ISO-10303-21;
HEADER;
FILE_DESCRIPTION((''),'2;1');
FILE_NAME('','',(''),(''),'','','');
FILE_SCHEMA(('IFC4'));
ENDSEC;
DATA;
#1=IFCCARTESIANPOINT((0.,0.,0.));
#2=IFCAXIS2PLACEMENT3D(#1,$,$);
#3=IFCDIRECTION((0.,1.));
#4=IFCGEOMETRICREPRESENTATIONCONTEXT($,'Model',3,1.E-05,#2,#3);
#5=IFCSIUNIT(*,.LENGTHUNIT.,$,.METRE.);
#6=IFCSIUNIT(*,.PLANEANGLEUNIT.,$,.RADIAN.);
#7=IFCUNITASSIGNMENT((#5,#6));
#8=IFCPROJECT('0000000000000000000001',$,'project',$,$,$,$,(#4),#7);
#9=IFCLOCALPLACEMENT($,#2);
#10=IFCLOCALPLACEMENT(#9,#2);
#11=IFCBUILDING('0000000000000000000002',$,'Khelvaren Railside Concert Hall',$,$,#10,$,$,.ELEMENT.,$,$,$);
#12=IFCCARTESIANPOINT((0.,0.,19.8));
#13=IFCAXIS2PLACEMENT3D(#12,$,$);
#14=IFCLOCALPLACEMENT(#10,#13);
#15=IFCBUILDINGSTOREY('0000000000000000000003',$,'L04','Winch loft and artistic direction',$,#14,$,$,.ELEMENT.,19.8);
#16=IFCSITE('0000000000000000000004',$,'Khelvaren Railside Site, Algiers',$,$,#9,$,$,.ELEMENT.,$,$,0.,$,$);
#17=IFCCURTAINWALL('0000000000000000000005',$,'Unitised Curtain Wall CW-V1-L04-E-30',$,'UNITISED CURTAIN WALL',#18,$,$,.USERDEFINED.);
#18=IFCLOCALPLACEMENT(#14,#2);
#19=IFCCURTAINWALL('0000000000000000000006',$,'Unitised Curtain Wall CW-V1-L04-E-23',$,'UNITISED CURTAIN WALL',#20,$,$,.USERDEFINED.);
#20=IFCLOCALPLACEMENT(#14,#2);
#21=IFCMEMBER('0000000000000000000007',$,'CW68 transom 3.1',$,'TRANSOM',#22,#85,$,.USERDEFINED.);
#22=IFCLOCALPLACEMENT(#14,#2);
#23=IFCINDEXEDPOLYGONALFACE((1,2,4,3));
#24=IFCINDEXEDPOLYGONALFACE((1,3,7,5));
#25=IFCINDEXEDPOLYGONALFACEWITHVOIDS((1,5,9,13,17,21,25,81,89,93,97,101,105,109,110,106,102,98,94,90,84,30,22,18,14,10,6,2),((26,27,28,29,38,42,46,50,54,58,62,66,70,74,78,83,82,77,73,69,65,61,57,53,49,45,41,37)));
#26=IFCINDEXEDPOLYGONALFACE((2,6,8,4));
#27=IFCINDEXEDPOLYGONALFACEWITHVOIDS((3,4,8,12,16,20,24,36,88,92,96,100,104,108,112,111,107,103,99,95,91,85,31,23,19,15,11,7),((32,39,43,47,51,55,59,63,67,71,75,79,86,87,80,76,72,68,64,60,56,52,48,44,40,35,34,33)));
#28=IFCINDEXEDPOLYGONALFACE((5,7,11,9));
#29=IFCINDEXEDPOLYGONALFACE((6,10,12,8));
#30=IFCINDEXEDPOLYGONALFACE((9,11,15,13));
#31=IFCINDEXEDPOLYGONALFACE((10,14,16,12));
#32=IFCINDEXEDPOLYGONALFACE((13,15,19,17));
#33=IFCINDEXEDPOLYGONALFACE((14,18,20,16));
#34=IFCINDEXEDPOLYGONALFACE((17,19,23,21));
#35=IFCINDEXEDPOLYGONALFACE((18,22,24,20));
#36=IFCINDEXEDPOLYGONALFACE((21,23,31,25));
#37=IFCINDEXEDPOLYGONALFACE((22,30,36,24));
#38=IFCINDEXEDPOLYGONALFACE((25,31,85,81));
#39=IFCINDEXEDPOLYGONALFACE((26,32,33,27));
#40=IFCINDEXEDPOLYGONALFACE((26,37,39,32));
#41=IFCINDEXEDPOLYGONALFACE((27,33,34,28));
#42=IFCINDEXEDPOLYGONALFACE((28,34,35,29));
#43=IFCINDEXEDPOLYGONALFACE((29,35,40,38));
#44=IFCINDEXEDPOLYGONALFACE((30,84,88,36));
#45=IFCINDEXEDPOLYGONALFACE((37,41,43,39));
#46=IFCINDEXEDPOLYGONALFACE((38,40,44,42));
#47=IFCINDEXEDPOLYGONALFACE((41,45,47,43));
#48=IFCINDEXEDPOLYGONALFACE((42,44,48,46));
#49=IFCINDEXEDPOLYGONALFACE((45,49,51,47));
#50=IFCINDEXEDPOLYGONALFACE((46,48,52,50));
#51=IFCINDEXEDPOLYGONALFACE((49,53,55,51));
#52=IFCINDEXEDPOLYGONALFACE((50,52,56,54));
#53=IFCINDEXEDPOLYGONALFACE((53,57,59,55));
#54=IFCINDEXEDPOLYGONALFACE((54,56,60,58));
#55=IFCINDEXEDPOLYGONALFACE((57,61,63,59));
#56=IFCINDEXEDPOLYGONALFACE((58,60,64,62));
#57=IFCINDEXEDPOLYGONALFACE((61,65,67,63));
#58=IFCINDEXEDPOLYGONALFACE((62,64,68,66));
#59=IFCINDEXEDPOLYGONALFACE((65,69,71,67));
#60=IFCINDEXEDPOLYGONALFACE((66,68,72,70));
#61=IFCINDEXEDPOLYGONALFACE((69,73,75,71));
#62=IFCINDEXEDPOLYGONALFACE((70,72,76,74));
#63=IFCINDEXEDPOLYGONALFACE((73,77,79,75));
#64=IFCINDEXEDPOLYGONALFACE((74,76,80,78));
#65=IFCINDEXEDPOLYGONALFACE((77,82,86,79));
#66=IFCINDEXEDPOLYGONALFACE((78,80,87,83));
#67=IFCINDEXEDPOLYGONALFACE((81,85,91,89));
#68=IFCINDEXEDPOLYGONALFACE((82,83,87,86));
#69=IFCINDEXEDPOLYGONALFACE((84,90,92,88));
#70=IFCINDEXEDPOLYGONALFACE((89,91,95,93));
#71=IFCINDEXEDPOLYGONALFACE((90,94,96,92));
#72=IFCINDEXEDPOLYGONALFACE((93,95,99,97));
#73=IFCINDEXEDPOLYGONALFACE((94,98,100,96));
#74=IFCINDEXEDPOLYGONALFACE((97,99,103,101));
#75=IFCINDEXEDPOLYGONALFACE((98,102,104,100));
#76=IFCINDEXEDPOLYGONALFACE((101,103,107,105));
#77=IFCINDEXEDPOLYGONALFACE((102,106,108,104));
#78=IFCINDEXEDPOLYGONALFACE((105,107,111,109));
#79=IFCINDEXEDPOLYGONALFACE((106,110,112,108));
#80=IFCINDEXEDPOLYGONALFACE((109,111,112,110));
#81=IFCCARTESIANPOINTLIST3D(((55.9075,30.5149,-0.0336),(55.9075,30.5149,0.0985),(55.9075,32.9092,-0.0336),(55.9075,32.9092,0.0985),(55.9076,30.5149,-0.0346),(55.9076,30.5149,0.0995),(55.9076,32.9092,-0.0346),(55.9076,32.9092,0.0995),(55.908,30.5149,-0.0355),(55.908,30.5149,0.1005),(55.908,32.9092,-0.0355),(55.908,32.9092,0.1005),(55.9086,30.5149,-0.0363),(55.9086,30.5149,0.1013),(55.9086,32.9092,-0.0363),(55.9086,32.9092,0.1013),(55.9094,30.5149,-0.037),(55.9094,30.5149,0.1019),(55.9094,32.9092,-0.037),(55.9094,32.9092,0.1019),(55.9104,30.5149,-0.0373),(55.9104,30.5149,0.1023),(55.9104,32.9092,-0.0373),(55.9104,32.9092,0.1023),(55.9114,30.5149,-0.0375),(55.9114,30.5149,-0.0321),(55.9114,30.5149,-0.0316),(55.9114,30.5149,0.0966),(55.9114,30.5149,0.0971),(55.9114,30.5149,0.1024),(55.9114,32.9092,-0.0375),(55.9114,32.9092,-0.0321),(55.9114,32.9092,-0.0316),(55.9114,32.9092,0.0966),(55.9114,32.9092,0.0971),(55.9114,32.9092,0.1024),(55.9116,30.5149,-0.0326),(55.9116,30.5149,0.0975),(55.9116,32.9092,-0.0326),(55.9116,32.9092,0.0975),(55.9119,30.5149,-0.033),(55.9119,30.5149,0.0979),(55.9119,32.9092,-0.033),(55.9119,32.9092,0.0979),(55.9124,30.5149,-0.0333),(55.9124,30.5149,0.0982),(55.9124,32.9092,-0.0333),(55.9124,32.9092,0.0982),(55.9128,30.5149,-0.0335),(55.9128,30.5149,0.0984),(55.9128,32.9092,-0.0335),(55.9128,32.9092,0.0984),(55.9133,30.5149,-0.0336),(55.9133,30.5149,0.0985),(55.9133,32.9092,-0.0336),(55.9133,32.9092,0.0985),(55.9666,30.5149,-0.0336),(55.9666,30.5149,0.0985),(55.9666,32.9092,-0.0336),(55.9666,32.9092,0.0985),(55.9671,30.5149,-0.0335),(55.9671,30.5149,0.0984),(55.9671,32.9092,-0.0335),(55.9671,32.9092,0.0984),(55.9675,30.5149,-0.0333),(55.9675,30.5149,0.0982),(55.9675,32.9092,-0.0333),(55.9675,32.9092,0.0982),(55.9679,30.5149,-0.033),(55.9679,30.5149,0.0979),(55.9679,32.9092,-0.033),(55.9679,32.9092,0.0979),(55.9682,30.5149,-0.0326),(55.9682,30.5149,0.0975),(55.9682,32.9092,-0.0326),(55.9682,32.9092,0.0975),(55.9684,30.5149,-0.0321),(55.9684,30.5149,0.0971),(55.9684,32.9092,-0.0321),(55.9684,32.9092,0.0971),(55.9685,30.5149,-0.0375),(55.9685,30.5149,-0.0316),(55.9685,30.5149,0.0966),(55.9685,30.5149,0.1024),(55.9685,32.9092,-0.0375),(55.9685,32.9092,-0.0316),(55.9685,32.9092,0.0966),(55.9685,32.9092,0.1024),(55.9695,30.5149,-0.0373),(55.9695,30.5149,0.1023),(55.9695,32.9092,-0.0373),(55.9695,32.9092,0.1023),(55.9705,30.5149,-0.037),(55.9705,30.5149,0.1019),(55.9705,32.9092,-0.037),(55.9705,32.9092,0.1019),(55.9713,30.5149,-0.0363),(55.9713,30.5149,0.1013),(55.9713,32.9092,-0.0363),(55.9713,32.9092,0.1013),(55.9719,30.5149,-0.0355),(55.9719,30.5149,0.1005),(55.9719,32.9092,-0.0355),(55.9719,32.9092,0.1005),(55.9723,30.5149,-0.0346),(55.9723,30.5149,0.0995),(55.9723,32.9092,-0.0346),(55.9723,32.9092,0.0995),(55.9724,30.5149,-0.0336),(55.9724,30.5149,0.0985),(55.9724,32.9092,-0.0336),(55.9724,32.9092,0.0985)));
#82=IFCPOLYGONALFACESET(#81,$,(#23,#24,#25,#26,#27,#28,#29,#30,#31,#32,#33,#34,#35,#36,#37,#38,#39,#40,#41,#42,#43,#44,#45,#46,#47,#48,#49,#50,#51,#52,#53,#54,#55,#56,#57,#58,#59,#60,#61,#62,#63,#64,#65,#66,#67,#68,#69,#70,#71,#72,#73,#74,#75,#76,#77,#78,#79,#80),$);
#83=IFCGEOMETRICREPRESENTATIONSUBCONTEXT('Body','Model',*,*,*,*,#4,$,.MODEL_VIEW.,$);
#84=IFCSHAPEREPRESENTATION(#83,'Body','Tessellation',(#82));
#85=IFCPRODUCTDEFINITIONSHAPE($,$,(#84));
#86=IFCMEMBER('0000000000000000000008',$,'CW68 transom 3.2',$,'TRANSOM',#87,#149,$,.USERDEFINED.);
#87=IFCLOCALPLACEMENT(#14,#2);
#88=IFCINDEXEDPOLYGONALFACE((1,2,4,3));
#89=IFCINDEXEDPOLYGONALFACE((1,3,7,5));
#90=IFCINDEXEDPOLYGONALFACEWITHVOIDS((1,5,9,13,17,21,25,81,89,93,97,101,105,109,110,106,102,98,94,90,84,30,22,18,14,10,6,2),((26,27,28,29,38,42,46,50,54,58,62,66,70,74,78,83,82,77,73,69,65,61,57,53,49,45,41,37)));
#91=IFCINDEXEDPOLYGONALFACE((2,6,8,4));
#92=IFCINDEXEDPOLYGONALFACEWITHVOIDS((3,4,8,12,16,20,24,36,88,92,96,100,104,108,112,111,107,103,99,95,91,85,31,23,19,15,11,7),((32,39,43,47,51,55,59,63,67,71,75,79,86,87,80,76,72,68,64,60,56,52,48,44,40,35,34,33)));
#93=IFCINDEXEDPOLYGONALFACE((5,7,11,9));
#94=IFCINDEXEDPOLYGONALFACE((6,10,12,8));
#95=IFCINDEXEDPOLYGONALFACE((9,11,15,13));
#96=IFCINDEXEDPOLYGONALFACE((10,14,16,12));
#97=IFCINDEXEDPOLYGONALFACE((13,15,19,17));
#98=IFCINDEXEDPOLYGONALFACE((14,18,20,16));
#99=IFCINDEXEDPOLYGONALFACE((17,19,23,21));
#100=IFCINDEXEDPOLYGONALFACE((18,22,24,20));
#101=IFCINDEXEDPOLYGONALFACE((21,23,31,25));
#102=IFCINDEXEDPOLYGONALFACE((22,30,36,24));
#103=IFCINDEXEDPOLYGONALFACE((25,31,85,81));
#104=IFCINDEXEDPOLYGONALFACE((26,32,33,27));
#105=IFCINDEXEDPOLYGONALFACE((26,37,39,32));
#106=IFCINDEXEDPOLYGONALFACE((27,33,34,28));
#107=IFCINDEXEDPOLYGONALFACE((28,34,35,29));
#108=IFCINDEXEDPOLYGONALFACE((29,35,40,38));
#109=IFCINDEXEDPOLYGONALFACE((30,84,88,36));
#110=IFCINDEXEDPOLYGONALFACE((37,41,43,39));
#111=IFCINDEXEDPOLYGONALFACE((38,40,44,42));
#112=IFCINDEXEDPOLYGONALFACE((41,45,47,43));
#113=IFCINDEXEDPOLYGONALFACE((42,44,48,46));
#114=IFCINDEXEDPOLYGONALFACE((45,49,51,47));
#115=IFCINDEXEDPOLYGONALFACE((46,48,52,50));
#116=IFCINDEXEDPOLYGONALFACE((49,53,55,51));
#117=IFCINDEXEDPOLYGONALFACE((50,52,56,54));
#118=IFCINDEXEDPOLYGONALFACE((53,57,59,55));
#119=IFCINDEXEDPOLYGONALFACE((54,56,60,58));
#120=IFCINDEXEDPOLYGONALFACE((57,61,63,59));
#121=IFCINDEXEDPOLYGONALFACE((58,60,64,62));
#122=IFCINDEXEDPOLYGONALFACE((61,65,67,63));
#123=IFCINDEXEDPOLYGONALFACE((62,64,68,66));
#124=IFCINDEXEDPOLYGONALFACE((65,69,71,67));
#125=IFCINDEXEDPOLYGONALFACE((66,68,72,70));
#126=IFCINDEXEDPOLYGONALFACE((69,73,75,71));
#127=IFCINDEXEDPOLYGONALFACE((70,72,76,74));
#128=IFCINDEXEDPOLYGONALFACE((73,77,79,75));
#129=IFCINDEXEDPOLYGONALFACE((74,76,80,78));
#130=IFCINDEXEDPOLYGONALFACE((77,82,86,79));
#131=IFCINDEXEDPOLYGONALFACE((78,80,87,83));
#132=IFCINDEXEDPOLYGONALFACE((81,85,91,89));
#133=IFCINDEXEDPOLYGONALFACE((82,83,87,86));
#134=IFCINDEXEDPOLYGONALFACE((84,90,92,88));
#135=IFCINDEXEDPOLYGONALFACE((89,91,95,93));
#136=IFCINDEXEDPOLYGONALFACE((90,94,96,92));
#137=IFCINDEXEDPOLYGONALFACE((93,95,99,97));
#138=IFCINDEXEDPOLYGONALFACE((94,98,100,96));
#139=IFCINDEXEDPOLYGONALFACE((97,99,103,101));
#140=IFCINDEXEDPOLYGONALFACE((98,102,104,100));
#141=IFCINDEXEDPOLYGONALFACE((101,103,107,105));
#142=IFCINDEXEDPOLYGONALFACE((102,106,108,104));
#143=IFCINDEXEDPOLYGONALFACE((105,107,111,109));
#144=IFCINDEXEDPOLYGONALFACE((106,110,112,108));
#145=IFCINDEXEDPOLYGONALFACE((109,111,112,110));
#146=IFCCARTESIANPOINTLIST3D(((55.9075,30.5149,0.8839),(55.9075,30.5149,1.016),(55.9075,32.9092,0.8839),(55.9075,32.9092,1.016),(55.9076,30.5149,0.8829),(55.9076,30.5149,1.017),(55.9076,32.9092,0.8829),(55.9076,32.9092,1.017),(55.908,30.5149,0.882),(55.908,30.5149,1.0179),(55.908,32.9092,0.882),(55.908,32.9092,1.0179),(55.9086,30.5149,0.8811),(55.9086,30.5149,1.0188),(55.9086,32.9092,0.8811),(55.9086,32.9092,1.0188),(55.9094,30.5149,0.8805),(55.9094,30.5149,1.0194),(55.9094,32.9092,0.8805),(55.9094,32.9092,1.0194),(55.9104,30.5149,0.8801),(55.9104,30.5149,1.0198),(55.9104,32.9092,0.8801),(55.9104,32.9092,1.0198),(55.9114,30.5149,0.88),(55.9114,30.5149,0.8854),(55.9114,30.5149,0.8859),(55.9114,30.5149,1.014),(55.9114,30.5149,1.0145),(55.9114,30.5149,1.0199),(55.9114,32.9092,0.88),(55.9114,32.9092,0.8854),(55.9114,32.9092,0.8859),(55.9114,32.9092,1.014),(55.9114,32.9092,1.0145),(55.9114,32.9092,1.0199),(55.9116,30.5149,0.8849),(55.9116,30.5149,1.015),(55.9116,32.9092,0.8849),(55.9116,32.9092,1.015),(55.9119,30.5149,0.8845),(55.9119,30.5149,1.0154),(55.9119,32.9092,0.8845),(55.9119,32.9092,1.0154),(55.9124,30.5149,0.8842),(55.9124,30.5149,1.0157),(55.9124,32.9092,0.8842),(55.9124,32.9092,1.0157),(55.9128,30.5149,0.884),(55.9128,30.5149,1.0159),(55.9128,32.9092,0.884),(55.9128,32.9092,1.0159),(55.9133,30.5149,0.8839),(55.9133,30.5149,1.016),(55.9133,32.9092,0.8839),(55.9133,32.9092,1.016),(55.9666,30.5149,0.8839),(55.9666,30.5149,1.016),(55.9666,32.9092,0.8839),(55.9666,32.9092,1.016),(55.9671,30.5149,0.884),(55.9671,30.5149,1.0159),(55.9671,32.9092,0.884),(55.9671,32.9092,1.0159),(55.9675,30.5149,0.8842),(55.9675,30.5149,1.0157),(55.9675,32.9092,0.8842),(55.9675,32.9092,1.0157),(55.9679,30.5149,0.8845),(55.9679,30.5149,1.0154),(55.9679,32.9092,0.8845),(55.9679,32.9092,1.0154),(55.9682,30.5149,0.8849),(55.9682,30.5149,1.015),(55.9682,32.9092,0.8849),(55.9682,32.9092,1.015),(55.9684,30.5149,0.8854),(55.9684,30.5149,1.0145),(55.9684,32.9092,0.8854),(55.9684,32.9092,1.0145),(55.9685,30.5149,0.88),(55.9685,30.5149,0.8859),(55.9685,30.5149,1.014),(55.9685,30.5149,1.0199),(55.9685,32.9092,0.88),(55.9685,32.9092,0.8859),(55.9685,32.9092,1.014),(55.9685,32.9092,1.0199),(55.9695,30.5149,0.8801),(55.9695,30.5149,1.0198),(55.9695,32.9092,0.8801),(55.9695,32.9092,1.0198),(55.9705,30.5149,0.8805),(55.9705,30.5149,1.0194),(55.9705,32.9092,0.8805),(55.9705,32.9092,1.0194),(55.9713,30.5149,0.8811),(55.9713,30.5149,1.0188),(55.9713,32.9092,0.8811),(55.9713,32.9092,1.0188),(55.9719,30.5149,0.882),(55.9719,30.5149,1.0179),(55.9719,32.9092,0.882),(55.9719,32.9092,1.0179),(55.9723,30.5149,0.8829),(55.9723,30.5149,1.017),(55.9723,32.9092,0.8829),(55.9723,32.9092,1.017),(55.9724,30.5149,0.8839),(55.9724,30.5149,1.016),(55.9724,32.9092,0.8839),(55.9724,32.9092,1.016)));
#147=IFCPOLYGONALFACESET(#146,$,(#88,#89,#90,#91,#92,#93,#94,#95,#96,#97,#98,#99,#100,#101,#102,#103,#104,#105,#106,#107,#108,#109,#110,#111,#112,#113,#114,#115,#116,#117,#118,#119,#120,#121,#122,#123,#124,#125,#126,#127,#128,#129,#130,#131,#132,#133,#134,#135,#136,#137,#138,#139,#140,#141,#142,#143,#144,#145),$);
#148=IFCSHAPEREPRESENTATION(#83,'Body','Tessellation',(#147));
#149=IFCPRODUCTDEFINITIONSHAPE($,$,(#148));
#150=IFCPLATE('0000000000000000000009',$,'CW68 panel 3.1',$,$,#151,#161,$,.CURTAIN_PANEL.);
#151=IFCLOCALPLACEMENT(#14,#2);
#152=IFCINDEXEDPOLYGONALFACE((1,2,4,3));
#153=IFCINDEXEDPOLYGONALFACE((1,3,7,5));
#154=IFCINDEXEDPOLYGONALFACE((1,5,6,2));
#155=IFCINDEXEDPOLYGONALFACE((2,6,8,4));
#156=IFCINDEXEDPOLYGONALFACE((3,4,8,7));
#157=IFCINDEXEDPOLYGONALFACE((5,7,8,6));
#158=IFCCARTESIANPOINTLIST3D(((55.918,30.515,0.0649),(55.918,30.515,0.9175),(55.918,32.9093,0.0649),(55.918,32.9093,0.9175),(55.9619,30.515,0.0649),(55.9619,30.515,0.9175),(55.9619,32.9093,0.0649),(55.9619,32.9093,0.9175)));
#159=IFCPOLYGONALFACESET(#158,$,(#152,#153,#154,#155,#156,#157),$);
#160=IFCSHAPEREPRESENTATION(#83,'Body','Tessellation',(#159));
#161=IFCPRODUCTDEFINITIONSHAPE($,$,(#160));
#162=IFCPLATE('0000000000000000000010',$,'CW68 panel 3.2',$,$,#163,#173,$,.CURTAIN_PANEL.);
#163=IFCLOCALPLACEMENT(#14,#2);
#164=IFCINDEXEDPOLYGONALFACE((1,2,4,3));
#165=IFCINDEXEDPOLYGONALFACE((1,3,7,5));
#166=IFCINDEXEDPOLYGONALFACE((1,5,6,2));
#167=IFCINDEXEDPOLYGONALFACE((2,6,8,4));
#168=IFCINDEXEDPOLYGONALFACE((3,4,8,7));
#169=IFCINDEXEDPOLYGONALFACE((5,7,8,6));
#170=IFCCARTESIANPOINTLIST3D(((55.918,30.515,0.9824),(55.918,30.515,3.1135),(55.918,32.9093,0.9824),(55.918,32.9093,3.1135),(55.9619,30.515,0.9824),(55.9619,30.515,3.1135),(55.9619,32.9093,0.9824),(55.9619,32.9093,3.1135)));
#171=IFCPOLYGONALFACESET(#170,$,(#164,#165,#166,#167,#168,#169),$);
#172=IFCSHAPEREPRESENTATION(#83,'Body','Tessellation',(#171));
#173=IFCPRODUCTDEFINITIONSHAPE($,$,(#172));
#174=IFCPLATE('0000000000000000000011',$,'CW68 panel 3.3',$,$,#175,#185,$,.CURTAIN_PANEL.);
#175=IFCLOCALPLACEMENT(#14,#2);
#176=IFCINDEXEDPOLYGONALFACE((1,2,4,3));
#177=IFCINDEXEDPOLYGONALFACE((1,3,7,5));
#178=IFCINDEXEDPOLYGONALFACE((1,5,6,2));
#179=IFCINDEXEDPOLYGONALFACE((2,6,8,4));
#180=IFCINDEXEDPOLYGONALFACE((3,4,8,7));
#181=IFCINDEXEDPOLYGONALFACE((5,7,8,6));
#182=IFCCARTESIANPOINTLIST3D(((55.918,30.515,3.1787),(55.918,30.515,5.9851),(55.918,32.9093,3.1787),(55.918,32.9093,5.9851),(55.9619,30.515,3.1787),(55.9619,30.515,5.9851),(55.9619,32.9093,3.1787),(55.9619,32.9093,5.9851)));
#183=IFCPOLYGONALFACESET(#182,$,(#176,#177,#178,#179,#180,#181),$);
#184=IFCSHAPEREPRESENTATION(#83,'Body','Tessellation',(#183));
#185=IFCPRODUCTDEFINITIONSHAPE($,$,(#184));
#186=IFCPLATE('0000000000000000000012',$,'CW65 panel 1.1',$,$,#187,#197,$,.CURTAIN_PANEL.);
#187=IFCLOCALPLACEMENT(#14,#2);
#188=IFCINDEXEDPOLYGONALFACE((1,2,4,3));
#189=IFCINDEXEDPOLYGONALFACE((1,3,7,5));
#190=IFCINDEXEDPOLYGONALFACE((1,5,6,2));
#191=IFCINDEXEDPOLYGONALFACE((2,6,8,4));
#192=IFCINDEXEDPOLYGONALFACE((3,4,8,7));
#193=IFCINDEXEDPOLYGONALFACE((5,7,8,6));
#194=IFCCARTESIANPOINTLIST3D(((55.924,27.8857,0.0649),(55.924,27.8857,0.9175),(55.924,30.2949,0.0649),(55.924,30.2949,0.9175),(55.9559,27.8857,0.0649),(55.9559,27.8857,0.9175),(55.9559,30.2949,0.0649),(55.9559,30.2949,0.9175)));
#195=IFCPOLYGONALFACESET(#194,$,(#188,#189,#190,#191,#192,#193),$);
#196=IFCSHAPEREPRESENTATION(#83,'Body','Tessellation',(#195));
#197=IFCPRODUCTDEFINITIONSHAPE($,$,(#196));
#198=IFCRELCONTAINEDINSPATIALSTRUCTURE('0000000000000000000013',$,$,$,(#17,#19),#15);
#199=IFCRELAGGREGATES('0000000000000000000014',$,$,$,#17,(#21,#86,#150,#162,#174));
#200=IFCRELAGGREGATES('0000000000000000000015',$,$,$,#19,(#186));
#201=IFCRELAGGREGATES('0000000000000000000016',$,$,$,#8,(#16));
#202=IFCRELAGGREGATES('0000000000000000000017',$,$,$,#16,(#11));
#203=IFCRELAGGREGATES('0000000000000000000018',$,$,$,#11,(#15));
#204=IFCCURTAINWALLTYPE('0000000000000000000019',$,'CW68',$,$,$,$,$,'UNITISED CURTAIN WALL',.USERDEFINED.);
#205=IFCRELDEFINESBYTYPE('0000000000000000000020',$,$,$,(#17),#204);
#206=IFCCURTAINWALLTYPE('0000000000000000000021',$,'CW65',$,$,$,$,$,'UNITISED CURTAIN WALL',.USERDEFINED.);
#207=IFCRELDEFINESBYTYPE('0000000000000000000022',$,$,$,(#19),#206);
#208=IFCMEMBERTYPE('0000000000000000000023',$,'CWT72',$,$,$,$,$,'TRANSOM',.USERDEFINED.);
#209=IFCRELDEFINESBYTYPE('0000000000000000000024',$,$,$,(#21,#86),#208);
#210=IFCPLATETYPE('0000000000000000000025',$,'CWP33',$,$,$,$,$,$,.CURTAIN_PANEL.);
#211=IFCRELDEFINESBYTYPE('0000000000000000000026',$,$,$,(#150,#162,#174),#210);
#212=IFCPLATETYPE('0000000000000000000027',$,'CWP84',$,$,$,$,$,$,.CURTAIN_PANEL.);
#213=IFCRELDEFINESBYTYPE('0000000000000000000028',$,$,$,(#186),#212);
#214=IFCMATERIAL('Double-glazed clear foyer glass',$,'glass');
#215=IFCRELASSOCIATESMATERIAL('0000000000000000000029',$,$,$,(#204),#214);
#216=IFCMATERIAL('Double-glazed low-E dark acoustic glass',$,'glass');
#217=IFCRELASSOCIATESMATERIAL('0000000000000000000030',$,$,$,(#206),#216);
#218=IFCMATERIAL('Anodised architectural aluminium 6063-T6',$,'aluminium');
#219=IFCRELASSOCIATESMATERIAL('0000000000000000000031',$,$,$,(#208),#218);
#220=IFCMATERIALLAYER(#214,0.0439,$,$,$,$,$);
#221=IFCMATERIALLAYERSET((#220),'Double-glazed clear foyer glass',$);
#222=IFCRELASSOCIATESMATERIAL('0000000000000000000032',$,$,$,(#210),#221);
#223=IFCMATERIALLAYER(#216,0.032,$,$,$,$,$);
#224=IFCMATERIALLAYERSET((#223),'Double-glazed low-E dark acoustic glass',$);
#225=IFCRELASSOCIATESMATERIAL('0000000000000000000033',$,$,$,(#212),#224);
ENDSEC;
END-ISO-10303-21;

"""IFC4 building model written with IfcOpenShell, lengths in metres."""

from ifc_helpers import new_model, si_unit, direction, frame, origin, origin_2d, place, context, subcontext, project, spatial, rectangle, hollow_rectangle, extrude, material, layer, layer_set, material_profile, profile_set, type_object, element, aggregate, save


model = new_model("IFC4")

# Units and contexts
model_context = context("Model", 3, precision=1e-05, world=origin(), true_north=direction((0.0, 1.0)))
body_context = subcontext(model_context, "Body", "Model", "MODEL_VIEW")
ifc_project = project(units=[si_unit("LENGTHUNIT", "METRE"), si_unit("PLANEANGLEUNIT", "RADIAN")], contexts=[model_context])

# Site, building, storey
site_placement = place(None, origin())
site = spatial("IfcSite", under=ifc_project, at=site_placement, Name="Khelvaren Railside Site, Algiers", CompositionType="ELEMENT", RefElevation=0.0)
building_placement = place(site_placement, origin())
building = spatial("IfcBuilding", under=site, at=building_placement, Name="Khelvaren Railside Concert Hall", CompositionType="ELEMENT")
storey_placement = place(building_placement, frame((0.0, 0.0, 19.8)))
storey = spatial("IfcBuildingStorey", under=building, at=storey_placement, Name="L04", Description="Winch loft and artistic direction", CompositionType="ELEMENT", Elevation=19.8)

# Curtain wall
ifc_material_1 = material(Name="Double-glazed clear foyer glass", Category="glass")
curtain_wall_type_1 = type_object("IfcCurtainWallType", Name="CW68", ElementType="UNITISED CURTAIN WALL", PredefinedType="USERDEFINED", material=ifc_material_1)
curtain_wall_1_placement = place(storey_placement, origin())
curtain_wall_1 = element("IfcCurtainWall", 1, at=curtain_wall_1_placement, inside=storey, type_object=curtain_wall_type_1, Name="Unitised Curtain Wall CW-V1-L04-E-30", ObjectType="UNITISED CURTAIN WALL", PredefinedType="USERDEFINED")
ifc_material_2 = material(Name="Anodised architectural aluminium 6063-T6", Category="aluminium")
ifc_material_3 = material(Name="Double-glazed low-E dark acoustic glass", Category="glass")

# Curtain wall
curtain_wall_type_2 = type_object("IfcCurtainWallType", Name="CW65", ElementType="UNITISED CURTAIN WALL", PredefinedType="USERDEFINED", material=ifc_material_3)
curtain_wall_2_placement = place(storey_placement, origin())
curtain_wall_2 = element("IfcCurtainWall", 2, at=curtain_wall_2_placement, inside=storey, type_object=curtain_wall_type_2, Name="Unitised Curtain Wall CW-V1-L04-E-23", ObjectType="UNITISED CURTAIN WALL", PredefinedType="USERDEFINED")

# Members
ifc_material_profile_1 = material_profile(ifc_material_2, hollow_rectangle(XDim=0.0649, YDim=0.1399, WallThickness=0.0039, InnerFilletRadius=0.002, OuterFilletRadius=0.0039, at=origin_2d()), Name="CWT 65x140x4")
ifc_profile_set_1 = profile_set([ifc_material_profile_1], Name="Anodised architectural aluminium 6063-T6")
member_type_1 = type_object("IfcMemberType", Name="CWT72", ElementType="TRANSOM", PredefinedType="USERDEFINED", material=ifc_profile_set_1)
member_1_placement = place(storey_placement, frame((55.9399, 32.9092, 0.0325), z_axis=(0.0, -1.0, 0.0), x_axis=(1.0, 0.0, 0.0)))
member_1 = element("IfcMember", 3, at=member_1_placement, type_object=member_type_1, Name="CW68 transom 3.1", ObjectType="TRANSOM", PredefinedType="USERDEFINED", context=body_context, shape_type="SweptSolid", body=[
    extrude(hollow_rectangle(XDim=0.0649, YDim=0.1399, WallThickness=0.0039, InnerFilletRadius=0.002, OuterFilletRadius=0.0039, at=origin_2d()), origin(), (0.0, 0.0, 1.0), 2.3943),
])
member_2_placement = place(storey_placement, frame((55.9399, 32.9092, 0.95), z_axis=(0.0, -1.0, 0.0), x_axis=(1.0, 0.0, 0.0)))
member_2 = element("IfcMember", 4, at=member_2_placement, type_object=member_type_1, Name="CW68 transom 3.2", ObjectType="TRANSOM", PredefinedType="USERDEFINED", context=body_context, shape_type="SweptSolid", body=[
    extrude(hollow_rectangle(XDim=0.0649, YDim=0.1399, WallThickness=0.0039, InnerFilletRadius=0.002, OuterFilletRadius=0.0039, at=origin_2d()), origin(), (0.0, 0.0, 1.0), 2.3943),
])

# Plates
ifc_layer_1 = layer(ifc_material_1, 0.0439)
ifc_layer_set_1 = layer_set([ifc_layer_1], Name="Double-glazed clear foyer glass")
plate_type_1 = type_object("IfcPlateType", Name="CWP33", PredefinedType="CURTAIN_PANEL", material=ifc_layer_set_1)
plate_1_placement = place(storey_placement, frame((55.9399, 31.7122, 0.0649), z_axis=(0.0, 0.0, 1.0), x_axis=(0.0, -1.0, 0.0)))
plate_1 = element("IfcPlate", 5, at=plate_1_placement, type_object=plate_type_1, Name="CW68 panel 3.1", PredefinedType="CURTAIN_PANEL", context=body_context, shape_type="SweptSolid", body=[
    extrude(rectangle(XDim=2.3943, YDim=0.0439, at=origin_2d()), origin(), (0.0, 0.0, 1.0), 0.8525),
])
plate_2_placement = place(storey_placement, frame((55.9399, 31.7122, 0.9824), z_axis=(0.0, 0.0, 1.0), x_axis=(0.0, -1.0, 0.0)))
plate_2 = element("IfcPlate", 6, at=plate_2_placement, type_object=plate_type_1, Name="CW68 panel 3.2", PredefinedType="CURTAIN_PANEL", context=body_context, shape_type="SweptSolid", body=[
    extrude(rectangle(XDim=2.3943, YDim=0.0439, at=origin_2d()), origin(), (0.0, 0.0, 1.0), 2.1311),
])
plate_3_placement = place(storey_placement, frame((55.9399, 31.7122, 3.1787), z_axis=(0.0, 0.0, 1.0), x_axis=(0.0, -1.0, 0.0)))
plate_3 = element("IfcPlate", 7, at=plate_3_placement, type_object=plate_type_1, Name="CW68 panel 3.3", PredefinedType="CURTAIN_PANEL", context=body_context, shape_type="SweptSolid", body=[
    extrude(rectangle(XDim=2.3943, YDim=0.0439, at=origin_2d()), origin(), (0.0, 0.0, 1.0), 2.8064),
])
aggregate(curtain_wall_1, [member_1, member_2, plate_1, plate_2, plate_3])
ifc_layer_2 = layer(ifc_material_3, 0.032)
ifc_layer_set_2 = layer_set([ifc_layer_2], Name="Double-glazed low-E dark acoustic glass")
plate_type_2 = type_object("IfcPlateType", Name="CWP84", PredefinedType="CURTAIN_PANEL", material=ifc_layer_set_2)
plate_4_placement = place(storey_placement, frame((55.9399, 29.0903, 0.0649), z_axis=(0.0, 0.0, 1.0), x_axis=(0.0, -1.0, 0.0)))
plate_4 = element("IfcPlate", 8, at=plate_4_placement, type_object=plate_type_2, Name="CW65 panel 1.1", PredefinedType="CURTAIN_PANEL", context=body_context, shape_type="SweptSolid", body=[
    extrude(rectangle(XDim=2.4092, YDim=0.032, at=origin_2d()), origin(), (0.0, 0.0, 1.0), 0.8525),
])
aggregate(curtain_wall_2, [plate_4])

save(model, "model.ifc")
